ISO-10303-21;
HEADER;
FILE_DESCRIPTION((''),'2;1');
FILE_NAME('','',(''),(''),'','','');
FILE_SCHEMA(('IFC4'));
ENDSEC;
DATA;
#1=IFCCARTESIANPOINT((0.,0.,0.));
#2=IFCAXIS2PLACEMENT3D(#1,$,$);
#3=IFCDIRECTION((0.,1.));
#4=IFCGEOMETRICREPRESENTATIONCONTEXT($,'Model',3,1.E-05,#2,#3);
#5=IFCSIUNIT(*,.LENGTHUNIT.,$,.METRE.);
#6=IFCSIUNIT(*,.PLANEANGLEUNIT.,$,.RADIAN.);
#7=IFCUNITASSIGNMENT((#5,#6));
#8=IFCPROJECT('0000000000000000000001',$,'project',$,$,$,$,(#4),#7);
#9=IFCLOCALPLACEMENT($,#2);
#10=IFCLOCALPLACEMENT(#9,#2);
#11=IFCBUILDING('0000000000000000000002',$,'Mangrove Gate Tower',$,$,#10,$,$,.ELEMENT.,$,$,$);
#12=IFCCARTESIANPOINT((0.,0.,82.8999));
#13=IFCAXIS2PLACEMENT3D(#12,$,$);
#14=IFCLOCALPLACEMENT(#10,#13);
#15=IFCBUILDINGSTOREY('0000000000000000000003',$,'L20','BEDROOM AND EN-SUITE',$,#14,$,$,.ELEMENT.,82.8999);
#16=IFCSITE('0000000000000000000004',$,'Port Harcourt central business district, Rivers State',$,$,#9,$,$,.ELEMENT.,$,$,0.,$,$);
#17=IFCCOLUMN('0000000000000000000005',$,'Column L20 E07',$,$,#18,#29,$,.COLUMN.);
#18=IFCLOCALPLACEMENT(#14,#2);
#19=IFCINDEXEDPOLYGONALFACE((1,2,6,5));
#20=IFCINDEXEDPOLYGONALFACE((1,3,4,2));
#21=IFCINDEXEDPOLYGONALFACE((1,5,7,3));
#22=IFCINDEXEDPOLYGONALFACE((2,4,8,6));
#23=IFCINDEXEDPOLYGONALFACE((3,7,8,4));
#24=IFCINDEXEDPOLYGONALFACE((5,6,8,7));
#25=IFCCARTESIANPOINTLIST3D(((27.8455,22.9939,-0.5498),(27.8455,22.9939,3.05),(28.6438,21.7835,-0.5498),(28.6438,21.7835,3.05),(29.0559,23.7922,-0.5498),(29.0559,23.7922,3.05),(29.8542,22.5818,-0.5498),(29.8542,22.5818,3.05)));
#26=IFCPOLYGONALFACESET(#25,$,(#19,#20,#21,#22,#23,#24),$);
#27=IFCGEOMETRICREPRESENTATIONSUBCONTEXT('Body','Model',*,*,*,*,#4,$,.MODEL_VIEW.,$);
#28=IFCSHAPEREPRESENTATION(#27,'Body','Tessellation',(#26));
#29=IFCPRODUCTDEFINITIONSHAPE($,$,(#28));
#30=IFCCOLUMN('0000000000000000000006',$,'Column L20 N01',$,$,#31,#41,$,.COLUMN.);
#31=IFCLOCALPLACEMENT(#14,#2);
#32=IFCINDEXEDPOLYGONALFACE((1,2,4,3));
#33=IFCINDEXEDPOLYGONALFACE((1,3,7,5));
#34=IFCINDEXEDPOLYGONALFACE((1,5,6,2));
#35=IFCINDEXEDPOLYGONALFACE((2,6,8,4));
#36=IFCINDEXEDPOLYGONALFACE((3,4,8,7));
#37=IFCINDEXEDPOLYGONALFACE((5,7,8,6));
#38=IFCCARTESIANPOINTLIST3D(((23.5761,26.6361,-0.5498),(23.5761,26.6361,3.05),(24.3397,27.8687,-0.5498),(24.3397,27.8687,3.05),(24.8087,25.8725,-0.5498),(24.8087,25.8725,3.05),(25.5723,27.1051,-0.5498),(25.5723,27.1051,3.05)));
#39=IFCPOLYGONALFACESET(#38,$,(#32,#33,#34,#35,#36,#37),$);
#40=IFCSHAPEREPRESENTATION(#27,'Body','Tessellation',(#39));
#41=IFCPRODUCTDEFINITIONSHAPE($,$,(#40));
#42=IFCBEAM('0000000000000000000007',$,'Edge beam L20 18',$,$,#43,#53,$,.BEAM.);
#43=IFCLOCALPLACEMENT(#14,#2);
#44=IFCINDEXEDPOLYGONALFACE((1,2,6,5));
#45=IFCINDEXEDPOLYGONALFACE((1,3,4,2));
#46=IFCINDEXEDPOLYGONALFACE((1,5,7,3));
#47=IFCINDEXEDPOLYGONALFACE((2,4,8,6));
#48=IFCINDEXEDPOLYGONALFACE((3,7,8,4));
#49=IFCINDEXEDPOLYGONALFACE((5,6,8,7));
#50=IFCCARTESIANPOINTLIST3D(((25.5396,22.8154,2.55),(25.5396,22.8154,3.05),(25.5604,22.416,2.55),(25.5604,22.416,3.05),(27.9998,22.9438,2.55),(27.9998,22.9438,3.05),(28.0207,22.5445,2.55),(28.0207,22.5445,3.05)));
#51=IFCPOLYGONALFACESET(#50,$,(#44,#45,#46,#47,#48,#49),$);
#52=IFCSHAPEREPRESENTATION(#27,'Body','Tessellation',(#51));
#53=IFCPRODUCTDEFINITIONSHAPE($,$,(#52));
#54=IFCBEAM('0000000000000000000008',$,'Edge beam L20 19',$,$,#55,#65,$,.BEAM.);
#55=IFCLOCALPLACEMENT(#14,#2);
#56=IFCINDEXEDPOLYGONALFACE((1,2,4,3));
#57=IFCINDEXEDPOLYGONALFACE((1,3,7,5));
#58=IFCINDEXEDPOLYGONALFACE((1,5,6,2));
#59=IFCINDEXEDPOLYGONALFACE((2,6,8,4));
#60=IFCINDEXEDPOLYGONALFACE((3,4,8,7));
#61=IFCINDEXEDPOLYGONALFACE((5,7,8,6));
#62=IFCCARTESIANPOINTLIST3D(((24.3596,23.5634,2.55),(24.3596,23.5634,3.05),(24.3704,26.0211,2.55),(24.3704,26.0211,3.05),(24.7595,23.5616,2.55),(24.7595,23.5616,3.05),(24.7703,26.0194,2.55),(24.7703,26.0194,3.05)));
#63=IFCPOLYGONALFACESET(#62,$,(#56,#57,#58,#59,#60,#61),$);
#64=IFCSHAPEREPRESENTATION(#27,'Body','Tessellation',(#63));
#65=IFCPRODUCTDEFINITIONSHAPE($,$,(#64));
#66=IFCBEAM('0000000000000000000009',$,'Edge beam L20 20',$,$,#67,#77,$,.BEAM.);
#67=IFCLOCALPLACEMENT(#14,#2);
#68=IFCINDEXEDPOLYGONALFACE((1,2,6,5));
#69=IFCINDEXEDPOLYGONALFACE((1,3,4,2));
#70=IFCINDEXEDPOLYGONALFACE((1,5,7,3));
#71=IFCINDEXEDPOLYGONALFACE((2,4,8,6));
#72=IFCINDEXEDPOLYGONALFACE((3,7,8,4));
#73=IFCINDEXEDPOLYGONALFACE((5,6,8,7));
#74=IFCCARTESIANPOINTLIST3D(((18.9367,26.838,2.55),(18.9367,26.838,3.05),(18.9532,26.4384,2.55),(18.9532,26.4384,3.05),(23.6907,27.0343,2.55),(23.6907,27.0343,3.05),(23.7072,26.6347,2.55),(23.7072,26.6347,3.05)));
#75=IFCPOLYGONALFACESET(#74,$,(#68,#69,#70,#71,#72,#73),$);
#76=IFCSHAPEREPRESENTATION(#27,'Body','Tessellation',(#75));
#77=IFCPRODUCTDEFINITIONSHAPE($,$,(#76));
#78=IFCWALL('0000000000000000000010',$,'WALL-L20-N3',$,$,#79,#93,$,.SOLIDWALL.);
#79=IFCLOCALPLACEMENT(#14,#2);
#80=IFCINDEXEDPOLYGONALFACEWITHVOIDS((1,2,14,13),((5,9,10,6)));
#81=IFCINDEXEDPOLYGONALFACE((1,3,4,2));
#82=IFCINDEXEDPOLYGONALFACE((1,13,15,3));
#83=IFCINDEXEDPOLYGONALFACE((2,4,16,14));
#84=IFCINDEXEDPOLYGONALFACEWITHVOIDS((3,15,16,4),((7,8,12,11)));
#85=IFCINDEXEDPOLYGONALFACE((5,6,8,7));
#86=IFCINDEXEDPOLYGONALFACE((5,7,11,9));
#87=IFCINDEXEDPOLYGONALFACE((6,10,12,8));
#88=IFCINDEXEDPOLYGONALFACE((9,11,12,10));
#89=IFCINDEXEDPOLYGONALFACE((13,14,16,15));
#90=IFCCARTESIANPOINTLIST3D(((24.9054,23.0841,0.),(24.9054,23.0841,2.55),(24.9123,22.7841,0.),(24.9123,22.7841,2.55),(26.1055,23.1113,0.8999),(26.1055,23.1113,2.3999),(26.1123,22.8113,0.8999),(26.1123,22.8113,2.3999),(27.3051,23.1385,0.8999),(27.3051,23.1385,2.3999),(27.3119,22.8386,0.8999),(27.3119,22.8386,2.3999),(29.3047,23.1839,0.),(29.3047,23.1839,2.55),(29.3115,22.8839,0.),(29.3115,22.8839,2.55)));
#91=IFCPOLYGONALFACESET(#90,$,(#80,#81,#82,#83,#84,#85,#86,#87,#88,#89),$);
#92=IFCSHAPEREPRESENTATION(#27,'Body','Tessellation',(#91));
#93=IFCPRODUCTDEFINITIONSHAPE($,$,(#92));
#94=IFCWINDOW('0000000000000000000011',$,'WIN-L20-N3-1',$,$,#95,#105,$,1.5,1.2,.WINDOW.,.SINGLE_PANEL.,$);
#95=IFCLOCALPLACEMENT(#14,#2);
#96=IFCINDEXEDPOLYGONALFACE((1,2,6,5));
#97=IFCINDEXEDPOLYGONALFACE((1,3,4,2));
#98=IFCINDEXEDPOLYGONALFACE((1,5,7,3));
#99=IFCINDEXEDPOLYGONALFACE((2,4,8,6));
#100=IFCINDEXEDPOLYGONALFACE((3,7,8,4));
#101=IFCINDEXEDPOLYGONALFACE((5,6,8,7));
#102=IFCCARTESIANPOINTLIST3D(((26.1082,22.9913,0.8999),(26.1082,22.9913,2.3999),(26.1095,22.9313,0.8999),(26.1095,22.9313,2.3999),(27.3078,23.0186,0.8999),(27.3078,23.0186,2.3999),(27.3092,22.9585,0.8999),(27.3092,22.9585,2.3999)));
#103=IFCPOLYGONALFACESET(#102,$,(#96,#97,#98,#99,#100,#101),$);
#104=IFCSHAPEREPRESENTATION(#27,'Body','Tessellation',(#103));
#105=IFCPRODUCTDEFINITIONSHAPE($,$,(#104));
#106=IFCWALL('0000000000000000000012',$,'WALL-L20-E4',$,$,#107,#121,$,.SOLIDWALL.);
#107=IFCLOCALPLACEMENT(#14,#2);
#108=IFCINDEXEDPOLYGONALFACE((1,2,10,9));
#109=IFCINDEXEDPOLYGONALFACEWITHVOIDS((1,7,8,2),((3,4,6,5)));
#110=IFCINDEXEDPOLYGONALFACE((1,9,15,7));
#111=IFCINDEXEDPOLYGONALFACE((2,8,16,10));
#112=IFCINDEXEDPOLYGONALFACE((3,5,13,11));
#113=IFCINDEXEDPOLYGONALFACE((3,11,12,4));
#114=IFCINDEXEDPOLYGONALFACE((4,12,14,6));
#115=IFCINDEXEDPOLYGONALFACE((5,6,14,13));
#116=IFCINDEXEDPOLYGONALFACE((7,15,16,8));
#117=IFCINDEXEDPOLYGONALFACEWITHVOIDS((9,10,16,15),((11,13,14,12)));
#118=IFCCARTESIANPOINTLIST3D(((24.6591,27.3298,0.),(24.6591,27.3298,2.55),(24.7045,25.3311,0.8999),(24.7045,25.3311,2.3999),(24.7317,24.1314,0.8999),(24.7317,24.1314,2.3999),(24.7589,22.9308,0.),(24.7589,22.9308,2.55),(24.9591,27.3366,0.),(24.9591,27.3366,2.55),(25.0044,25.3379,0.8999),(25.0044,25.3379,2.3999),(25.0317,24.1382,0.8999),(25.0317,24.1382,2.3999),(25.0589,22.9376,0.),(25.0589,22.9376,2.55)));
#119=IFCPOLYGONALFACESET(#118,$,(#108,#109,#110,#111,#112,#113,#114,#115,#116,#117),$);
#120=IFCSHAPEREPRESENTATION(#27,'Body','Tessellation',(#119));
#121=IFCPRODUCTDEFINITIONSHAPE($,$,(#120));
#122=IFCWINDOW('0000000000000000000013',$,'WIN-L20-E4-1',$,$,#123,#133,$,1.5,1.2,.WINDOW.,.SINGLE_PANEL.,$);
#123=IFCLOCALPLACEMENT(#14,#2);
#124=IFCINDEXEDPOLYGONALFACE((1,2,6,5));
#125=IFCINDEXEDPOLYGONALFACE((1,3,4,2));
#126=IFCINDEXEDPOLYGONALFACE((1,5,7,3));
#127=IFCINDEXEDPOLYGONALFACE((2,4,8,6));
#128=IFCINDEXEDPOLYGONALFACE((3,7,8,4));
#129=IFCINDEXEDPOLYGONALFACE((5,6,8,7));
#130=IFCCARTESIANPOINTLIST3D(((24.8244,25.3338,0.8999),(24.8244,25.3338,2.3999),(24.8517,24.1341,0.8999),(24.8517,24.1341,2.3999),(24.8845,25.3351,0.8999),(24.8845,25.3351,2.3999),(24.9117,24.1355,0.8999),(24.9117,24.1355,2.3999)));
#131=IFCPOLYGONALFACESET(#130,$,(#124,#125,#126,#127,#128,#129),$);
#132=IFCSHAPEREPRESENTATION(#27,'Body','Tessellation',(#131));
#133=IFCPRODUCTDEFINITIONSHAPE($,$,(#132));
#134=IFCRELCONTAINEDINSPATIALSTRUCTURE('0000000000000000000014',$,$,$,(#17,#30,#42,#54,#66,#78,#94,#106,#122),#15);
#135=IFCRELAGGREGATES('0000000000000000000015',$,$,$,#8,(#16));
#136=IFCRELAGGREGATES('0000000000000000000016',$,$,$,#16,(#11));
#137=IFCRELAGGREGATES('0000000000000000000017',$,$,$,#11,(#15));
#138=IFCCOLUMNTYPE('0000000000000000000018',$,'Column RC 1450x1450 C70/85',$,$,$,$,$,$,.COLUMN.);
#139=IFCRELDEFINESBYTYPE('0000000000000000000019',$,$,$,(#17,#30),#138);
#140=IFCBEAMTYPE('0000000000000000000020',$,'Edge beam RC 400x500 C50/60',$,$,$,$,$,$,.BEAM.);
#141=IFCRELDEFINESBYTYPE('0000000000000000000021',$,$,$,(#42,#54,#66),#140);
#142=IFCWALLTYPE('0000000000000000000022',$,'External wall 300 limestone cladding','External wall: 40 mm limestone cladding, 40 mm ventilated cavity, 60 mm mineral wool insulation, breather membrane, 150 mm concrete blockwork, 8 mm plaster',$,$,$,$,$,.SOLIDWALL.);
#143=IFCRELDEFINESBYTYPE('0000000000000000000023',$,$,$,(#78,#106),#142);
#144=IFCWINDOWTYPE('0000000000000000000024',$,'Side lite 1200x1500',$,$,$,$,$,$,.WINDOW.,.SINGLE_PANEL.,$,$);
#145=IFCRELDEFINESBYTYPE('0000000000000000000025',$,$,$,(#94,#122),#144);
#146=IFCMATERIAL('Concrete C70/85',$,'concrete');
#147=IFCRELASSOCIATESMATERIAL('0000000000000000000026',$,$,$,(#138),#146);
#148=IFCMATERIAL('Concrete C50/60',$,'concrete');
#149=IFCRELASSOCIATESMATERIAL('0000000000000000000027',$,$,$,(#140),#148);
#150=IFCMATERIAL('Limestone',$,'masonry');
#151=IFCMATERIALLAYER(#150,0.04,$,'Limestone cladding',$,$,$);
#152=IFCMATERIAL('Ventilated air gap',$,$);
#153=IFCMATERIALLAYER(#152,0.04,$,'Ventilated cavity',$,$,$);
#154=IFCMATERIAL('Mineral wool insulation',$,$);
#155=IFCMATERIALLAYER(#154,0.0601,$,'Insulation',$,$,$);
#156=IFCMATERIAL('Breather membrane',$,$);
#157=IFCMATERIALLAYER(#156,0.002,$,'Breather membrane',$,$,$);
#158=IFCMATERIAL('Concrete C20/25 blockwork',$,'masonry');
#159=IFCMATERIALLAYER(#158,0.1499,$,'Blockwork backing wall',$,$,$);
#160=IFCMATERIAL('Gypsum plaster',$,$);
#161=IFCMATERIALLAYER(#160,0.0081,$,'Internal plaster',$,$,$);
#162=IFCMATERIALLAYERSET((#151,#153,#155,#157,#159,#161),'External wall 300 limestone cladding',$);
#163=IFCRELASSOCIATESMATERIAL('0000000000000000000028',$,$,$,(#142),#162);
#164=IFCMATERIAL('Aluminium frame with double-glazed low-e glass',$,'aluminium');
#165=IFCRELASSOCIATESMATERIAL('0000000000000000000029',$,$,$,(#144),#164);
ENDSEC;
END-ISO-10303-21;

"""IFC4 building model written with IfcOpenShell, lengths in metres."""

from ifc_helpers import new_model, si_unit, direction, frame, frame_2d, origin, origin_2d, place, context, subcontext, project, spatial, rectangle, extrude, material, layer, layer_set, material_profile, profile_set, type_object, element, fill, save


model = new_model("IFC4")

# Units and contexts
model_context = context("Model", 3, precision=1e-05, world=origin(), true_north=direction((0.0, 1.0)))
body_context = subcontext(model_context, "Body", "Model", "MODEL_VIEW")
ifc_project = project(units=[si_unit("LENGTHUNIT", "METRE"), si_unit("PLANEANGLEUNIT", "RADIAN")], contexts=[model_context])

# Site, building, storey
site_placement = place(None, origin())
site = spatial("IfcSite", under=ifc_project, at=site_placement, Name="Port Harcourt central business district, Rivers State", CompositionType="ELEMENT", RefElevation=0.0)
building_placement = place(site_placement, origin())
building = spatial("IfcBuilding", under=site, at=building_placement, Name="Mangrove Gate Tower", CompositionType="ELEMENT")
storey_placement = place(building_placement, frame((0.0, 0.0, 82.8999)))
storey = spatial("IfcBuildingStorey", under=building, at=storey_placement, Name="L20", Description="BEDROOM AND EN-SUITE", CompositionType="ELEMENT", Elevation=82.8999)

# Columns
ifc_material_1 = material(Name="Concrete C70/85", Category="concrete")
ifc_material_profile_1 = material_profile(ifc_material_1, rectangle(XDim=1.45, YDim=1.45, at=origin_2d()))
ifc_profile_set_1 = profile_set([ifc_material_profile_1], Name="Concrete C70/85")
column_type = type_object("IfcColumnType", Name="Column RC 1450x1450 C70/85", PredefinedType="COLUMN", material=ifc_profile_set_1)
for number, where, z_axis, x_axis, name in (
    (1, (28.8499, 22.7878, -0.5498), (0.0, 0.0, 1.0), (-0.550568, 0.83479, 0.0), "Column L20 E07"),
    (2, (24.5742, 26.8706, -0.5498), (0.0, 0.0, 1.0), (-0.850083, 0.526649, 0.0), "Column L20 N01"),
):
    element("IfcColumn", number, at=place(storey_placement, frame(where, z_axis=z_axis, x_axis=x_axis)), inside=storey, type_object=column_type, Name=name, PredefinedType="COLUMN", context=body_context, shape_type="SweptSolid", body=[
        extrude(rectangle(XDim=1.45, YDim=1.45, at=origin_2d()), origin(), (0.0, 0.0, 1.0), 3.5999),
    ])

# Beams
ifc_material_2 = material(Name="Concrete C50/60", Category="concrete")
ifc_material_profile_2 = material_profile(ifc_material_2, rectangle(XDim=0.3999, YDim=0.5, at=origin_2d()))
ifc_profile_set_2 = profile_set([ifc_material_profile_2], Name="Concrete C50/60")
beam_type = type_object("IfcBeamType", Name="Edge beam RC 400x500 C50/60", PredefinedType="BEAM", material=ifc_profile_set_2)
beam_1_placement = place(storey_placement, frame((28.0103, 22.7441, 2.8), z_axis=(-0.99864, -0.052127, 0.0), x_axis=(0.052127, -0.99864, 0.0)))
element("IfcBeam", 3, at=beam_1_placement, inside=storey, type_object=beam_type, Name="Edge beam L20 18", PredefinedType="BEAM", context=body_context, shape_type="SweptSolid", body=[
    extrude(rectangle(XDim=0.3999, YDim=0.5, at=origin_2d()), origin(), (0.0, 0.0, 1.0), 2.4636),
])
beam_2_placement = place(storey_placement, frame((24.5596, 23.5625, 2.8), z_axis=(0.004371, 0.99999, 0.0), x_axis=(-0.99999, 0.004371, 0.0)))
element("IfcBeam", 4, at=beam_2_placement, inside=storey, type_object=beam_type, Name="Edge beam L20 19", PredefinedType="BEAM", context=body_context, shape_type="SweptSolid", body=[
    extrude(rectangle(XDim=0.3999, YDim=0.5, at=origin_2d()), origin(), (0.0, 0.0, 1.0), 2.4578),
])
beam_3_placement = place(storey_placement, frame((23.699, 26.8345, 2.8), z_axis=(-0.999149, -0.041255, 0.0), x_axis=(0.041255, -0.999149, 0.0)))
element("IfcBeam", 5, at=beam_3_placement, inside=storey, type_object=beam_type, Name="Edge beam L20 20", PredefinedType="BEAM", context=body_context, shape_type="SweptSolid", body=[
    extrude(rectangle(XDim=0.3999, YDim=0.5, at=origin_2d()), origin(), (0.0, 0.0, 1.0), 4.7581),
])

# Walls, openings, windows
ifc_material_3 = material(Name="Limestone", Category="masonry")
ifc_layer_1 = layer(ifc_material_3, 0.04, Name="Limestone cladding")
ifc_material_4 = material(Name="Ventilated air gap")
ifc_layer_2 = layer(ifc_material_4, 0.04, Name="Ventilated cavity")
ifc_material_5 = material(Name="Mineral wool insulation")
ifc_layer_3 = layer(ifc_material_5, 0.0601, Name="Insulation")
ifc_material_6 = material(Name="Breather membrane")
ifc_layer_4 = layer(ifc_material_6, 0.002, Name="Breather membrane")
ifc_material_7 = material(Name="Concrete C20/25 blockwork", Category="masonry")
ifc_layer_5 = layer(ifc_material_7, 0.1499, Name="Blockwork backing wall")
ifc_material_8 = material(Name="Gypsum plaster")
ifc_layer_6 = layer(ifc_material_8, 0.0081, Name="Internal plaster")
ifc_layer_set = layer_set([ifc_layer_1, ifc_layer_2, ifc_layer_3, ifc_layer_4, ifc_layer_5, ifc_layer_6], Name="External wall 300 limestone cladding")
wall_type = type_object("IfcWallType", Name="External wall 300 limestone cladding", Description="External wall: 40 mm limestone cladding, 40 mm ventilated cavity, 60 mm mineral wool insulation, breather membrane, 150 mm concrete blockwork, 8 mm plaster", PredefinedType="SOLIDWALL", material=ifc_layer_set)
wall_1_placement = place(storey_placement, frame((29.3081, 23.0339, 0.0), z_axis=(0.0, 0.0, 1.0), x_axis=(-0.999742, -0.022692, 0.0)))
wall_1 = element("IfcWall", 6, at=wall_1_placement, inside=storey, type_object=wall_type, Name="WALL-L20-N3", PredefinedType="SOLIDWALL", context=body_context, shape_type="SweptSolid", body=[
    extrude(rectangle(XDim=4.4004, YDim=0.3, at=frame_2d((2.2002, 0.0))), origin(), (0.0, 0.0, 1.0), 2.55),
])
opening_1_placement = place(wall_1_placement, frame((2.0, 0.0, 0.8999)))
opening_1 = element("IfcOpeningElement", 7, at=opening_1_placement, cuts=wall_1, PredefinedType="OPENING", context=body_context, shape_type="SweptSolid", body=[
    extrude(rectangle(XDim=1.2, YDim=1.5, at=frame_2d((0.6001, 0.75))), frame((0.0, 0.1599, 0.0), z_axis=(0.0, -1.0, 0.0), x_axis=(1.0, 0.0, 0.0)), (0.0, 0.0, 1.0), 0.3201),
])
ifc_material_9 = material(Name="Aluminium frame with double-glazed low-e glass", Category="aluminium")
window_type_1 = type_object("IfcWindowType", Name="Side lite 1200x1500", PartitioningType="SINGLE_PANEL", PredefinedType="WINDOW", material=ifc_material_9)
window_1_placement = place(opening_1_placement, origin())
window_1 = element("IfcWindow", 8, at=window_1_placement, inside=storey, type_object=window_type_1, Name="WIN-L20-N3-1", OverallHeight=1.5, OverallWidth=1.2, PartitioningType="SINGLE_PANEL", PredefinedType="WINDOW", context=body_context, shape_type="SweptSolid", body=[
    extrude(rectangle(XDim=1.2, YDim=1.5, at=frame_2d((0.6001, 0.75))), frame((0.0, 0.03, 0.0), z_axis=(0.0, -1.0, 0.0), x_axis=(1.0, 0.0, 0.0)), (0.0, 0.0, 1.0), 0.0601),
])
fill(opening_1, window_1)
wall_2_placement = place(storey_placement, frame((24.9089, 22.9341, 0.0), z_axis=(0.0, 0.0, 1.0), x_axis=(-0.022694, 0.999742, 0.0)))
wall_2 = element("IfcWall", 9, at=wall_2_placement, inside=storey, type_object=wall_type, Name="WALL-L20-E4", PredefinedType="SOLIDWALL", context=body_context, shape_type="SweptSolid", body=[
    extrude(rectangle(XDim=4.4001, YDim=0.3, at=frame_2d((2.2002, 0.0))), origin(), (0.0, 0.0, 1.0), 2.55),
])
opening_2_placement = place(wall_2_placement, frame((1.2009, 0.0, 0.8999)))
opening_2 = element("IfcOpeningElement", 10, at=opening_2_placement, cuts=wall_2, PredefinedType="OPENING", context=body_context, shape_type="SweptSolid", body=[
    extrude(rectangle(XDim=1.2, YDim=1.5, at=frame_2d((0.6001, 0.75))), frame((0.0, 0.1599, 0.0), z_axis=(0.0, -1.0, 0.0), x_axis=(1.0, 0.0, 0.0)), (0.0, 0.0, 1.0), 0.3201),
])
window_2_placement = place(opening_2_placement, origin())
window_2 = element("IfcWindow", 11, at=window_2_placement, inside=storey, type_object=window_type_1, Name="WIN-L20-E4-1", OverallHeight=1.5, OverallWidth=1.2, PartitioningType="SINGLE_PANEL", PredefinedType="WINDOW", context=body_context, shape_type="SweptSolid", body=[
    extrude(rectangle(XDim=1.2, YDim=1.5, at=frame_2d((0.6001, 0.75))), frame((0.0, 0.03, 0.0), z_axis=(0.0, -1.0, 0.0), x_axis=(1.0, 0.0, 0.0)), (0.0, 0.0, 1.0), 0.0601),
])
fill(opening_2, window_2)

save(model, "model.ifc")
